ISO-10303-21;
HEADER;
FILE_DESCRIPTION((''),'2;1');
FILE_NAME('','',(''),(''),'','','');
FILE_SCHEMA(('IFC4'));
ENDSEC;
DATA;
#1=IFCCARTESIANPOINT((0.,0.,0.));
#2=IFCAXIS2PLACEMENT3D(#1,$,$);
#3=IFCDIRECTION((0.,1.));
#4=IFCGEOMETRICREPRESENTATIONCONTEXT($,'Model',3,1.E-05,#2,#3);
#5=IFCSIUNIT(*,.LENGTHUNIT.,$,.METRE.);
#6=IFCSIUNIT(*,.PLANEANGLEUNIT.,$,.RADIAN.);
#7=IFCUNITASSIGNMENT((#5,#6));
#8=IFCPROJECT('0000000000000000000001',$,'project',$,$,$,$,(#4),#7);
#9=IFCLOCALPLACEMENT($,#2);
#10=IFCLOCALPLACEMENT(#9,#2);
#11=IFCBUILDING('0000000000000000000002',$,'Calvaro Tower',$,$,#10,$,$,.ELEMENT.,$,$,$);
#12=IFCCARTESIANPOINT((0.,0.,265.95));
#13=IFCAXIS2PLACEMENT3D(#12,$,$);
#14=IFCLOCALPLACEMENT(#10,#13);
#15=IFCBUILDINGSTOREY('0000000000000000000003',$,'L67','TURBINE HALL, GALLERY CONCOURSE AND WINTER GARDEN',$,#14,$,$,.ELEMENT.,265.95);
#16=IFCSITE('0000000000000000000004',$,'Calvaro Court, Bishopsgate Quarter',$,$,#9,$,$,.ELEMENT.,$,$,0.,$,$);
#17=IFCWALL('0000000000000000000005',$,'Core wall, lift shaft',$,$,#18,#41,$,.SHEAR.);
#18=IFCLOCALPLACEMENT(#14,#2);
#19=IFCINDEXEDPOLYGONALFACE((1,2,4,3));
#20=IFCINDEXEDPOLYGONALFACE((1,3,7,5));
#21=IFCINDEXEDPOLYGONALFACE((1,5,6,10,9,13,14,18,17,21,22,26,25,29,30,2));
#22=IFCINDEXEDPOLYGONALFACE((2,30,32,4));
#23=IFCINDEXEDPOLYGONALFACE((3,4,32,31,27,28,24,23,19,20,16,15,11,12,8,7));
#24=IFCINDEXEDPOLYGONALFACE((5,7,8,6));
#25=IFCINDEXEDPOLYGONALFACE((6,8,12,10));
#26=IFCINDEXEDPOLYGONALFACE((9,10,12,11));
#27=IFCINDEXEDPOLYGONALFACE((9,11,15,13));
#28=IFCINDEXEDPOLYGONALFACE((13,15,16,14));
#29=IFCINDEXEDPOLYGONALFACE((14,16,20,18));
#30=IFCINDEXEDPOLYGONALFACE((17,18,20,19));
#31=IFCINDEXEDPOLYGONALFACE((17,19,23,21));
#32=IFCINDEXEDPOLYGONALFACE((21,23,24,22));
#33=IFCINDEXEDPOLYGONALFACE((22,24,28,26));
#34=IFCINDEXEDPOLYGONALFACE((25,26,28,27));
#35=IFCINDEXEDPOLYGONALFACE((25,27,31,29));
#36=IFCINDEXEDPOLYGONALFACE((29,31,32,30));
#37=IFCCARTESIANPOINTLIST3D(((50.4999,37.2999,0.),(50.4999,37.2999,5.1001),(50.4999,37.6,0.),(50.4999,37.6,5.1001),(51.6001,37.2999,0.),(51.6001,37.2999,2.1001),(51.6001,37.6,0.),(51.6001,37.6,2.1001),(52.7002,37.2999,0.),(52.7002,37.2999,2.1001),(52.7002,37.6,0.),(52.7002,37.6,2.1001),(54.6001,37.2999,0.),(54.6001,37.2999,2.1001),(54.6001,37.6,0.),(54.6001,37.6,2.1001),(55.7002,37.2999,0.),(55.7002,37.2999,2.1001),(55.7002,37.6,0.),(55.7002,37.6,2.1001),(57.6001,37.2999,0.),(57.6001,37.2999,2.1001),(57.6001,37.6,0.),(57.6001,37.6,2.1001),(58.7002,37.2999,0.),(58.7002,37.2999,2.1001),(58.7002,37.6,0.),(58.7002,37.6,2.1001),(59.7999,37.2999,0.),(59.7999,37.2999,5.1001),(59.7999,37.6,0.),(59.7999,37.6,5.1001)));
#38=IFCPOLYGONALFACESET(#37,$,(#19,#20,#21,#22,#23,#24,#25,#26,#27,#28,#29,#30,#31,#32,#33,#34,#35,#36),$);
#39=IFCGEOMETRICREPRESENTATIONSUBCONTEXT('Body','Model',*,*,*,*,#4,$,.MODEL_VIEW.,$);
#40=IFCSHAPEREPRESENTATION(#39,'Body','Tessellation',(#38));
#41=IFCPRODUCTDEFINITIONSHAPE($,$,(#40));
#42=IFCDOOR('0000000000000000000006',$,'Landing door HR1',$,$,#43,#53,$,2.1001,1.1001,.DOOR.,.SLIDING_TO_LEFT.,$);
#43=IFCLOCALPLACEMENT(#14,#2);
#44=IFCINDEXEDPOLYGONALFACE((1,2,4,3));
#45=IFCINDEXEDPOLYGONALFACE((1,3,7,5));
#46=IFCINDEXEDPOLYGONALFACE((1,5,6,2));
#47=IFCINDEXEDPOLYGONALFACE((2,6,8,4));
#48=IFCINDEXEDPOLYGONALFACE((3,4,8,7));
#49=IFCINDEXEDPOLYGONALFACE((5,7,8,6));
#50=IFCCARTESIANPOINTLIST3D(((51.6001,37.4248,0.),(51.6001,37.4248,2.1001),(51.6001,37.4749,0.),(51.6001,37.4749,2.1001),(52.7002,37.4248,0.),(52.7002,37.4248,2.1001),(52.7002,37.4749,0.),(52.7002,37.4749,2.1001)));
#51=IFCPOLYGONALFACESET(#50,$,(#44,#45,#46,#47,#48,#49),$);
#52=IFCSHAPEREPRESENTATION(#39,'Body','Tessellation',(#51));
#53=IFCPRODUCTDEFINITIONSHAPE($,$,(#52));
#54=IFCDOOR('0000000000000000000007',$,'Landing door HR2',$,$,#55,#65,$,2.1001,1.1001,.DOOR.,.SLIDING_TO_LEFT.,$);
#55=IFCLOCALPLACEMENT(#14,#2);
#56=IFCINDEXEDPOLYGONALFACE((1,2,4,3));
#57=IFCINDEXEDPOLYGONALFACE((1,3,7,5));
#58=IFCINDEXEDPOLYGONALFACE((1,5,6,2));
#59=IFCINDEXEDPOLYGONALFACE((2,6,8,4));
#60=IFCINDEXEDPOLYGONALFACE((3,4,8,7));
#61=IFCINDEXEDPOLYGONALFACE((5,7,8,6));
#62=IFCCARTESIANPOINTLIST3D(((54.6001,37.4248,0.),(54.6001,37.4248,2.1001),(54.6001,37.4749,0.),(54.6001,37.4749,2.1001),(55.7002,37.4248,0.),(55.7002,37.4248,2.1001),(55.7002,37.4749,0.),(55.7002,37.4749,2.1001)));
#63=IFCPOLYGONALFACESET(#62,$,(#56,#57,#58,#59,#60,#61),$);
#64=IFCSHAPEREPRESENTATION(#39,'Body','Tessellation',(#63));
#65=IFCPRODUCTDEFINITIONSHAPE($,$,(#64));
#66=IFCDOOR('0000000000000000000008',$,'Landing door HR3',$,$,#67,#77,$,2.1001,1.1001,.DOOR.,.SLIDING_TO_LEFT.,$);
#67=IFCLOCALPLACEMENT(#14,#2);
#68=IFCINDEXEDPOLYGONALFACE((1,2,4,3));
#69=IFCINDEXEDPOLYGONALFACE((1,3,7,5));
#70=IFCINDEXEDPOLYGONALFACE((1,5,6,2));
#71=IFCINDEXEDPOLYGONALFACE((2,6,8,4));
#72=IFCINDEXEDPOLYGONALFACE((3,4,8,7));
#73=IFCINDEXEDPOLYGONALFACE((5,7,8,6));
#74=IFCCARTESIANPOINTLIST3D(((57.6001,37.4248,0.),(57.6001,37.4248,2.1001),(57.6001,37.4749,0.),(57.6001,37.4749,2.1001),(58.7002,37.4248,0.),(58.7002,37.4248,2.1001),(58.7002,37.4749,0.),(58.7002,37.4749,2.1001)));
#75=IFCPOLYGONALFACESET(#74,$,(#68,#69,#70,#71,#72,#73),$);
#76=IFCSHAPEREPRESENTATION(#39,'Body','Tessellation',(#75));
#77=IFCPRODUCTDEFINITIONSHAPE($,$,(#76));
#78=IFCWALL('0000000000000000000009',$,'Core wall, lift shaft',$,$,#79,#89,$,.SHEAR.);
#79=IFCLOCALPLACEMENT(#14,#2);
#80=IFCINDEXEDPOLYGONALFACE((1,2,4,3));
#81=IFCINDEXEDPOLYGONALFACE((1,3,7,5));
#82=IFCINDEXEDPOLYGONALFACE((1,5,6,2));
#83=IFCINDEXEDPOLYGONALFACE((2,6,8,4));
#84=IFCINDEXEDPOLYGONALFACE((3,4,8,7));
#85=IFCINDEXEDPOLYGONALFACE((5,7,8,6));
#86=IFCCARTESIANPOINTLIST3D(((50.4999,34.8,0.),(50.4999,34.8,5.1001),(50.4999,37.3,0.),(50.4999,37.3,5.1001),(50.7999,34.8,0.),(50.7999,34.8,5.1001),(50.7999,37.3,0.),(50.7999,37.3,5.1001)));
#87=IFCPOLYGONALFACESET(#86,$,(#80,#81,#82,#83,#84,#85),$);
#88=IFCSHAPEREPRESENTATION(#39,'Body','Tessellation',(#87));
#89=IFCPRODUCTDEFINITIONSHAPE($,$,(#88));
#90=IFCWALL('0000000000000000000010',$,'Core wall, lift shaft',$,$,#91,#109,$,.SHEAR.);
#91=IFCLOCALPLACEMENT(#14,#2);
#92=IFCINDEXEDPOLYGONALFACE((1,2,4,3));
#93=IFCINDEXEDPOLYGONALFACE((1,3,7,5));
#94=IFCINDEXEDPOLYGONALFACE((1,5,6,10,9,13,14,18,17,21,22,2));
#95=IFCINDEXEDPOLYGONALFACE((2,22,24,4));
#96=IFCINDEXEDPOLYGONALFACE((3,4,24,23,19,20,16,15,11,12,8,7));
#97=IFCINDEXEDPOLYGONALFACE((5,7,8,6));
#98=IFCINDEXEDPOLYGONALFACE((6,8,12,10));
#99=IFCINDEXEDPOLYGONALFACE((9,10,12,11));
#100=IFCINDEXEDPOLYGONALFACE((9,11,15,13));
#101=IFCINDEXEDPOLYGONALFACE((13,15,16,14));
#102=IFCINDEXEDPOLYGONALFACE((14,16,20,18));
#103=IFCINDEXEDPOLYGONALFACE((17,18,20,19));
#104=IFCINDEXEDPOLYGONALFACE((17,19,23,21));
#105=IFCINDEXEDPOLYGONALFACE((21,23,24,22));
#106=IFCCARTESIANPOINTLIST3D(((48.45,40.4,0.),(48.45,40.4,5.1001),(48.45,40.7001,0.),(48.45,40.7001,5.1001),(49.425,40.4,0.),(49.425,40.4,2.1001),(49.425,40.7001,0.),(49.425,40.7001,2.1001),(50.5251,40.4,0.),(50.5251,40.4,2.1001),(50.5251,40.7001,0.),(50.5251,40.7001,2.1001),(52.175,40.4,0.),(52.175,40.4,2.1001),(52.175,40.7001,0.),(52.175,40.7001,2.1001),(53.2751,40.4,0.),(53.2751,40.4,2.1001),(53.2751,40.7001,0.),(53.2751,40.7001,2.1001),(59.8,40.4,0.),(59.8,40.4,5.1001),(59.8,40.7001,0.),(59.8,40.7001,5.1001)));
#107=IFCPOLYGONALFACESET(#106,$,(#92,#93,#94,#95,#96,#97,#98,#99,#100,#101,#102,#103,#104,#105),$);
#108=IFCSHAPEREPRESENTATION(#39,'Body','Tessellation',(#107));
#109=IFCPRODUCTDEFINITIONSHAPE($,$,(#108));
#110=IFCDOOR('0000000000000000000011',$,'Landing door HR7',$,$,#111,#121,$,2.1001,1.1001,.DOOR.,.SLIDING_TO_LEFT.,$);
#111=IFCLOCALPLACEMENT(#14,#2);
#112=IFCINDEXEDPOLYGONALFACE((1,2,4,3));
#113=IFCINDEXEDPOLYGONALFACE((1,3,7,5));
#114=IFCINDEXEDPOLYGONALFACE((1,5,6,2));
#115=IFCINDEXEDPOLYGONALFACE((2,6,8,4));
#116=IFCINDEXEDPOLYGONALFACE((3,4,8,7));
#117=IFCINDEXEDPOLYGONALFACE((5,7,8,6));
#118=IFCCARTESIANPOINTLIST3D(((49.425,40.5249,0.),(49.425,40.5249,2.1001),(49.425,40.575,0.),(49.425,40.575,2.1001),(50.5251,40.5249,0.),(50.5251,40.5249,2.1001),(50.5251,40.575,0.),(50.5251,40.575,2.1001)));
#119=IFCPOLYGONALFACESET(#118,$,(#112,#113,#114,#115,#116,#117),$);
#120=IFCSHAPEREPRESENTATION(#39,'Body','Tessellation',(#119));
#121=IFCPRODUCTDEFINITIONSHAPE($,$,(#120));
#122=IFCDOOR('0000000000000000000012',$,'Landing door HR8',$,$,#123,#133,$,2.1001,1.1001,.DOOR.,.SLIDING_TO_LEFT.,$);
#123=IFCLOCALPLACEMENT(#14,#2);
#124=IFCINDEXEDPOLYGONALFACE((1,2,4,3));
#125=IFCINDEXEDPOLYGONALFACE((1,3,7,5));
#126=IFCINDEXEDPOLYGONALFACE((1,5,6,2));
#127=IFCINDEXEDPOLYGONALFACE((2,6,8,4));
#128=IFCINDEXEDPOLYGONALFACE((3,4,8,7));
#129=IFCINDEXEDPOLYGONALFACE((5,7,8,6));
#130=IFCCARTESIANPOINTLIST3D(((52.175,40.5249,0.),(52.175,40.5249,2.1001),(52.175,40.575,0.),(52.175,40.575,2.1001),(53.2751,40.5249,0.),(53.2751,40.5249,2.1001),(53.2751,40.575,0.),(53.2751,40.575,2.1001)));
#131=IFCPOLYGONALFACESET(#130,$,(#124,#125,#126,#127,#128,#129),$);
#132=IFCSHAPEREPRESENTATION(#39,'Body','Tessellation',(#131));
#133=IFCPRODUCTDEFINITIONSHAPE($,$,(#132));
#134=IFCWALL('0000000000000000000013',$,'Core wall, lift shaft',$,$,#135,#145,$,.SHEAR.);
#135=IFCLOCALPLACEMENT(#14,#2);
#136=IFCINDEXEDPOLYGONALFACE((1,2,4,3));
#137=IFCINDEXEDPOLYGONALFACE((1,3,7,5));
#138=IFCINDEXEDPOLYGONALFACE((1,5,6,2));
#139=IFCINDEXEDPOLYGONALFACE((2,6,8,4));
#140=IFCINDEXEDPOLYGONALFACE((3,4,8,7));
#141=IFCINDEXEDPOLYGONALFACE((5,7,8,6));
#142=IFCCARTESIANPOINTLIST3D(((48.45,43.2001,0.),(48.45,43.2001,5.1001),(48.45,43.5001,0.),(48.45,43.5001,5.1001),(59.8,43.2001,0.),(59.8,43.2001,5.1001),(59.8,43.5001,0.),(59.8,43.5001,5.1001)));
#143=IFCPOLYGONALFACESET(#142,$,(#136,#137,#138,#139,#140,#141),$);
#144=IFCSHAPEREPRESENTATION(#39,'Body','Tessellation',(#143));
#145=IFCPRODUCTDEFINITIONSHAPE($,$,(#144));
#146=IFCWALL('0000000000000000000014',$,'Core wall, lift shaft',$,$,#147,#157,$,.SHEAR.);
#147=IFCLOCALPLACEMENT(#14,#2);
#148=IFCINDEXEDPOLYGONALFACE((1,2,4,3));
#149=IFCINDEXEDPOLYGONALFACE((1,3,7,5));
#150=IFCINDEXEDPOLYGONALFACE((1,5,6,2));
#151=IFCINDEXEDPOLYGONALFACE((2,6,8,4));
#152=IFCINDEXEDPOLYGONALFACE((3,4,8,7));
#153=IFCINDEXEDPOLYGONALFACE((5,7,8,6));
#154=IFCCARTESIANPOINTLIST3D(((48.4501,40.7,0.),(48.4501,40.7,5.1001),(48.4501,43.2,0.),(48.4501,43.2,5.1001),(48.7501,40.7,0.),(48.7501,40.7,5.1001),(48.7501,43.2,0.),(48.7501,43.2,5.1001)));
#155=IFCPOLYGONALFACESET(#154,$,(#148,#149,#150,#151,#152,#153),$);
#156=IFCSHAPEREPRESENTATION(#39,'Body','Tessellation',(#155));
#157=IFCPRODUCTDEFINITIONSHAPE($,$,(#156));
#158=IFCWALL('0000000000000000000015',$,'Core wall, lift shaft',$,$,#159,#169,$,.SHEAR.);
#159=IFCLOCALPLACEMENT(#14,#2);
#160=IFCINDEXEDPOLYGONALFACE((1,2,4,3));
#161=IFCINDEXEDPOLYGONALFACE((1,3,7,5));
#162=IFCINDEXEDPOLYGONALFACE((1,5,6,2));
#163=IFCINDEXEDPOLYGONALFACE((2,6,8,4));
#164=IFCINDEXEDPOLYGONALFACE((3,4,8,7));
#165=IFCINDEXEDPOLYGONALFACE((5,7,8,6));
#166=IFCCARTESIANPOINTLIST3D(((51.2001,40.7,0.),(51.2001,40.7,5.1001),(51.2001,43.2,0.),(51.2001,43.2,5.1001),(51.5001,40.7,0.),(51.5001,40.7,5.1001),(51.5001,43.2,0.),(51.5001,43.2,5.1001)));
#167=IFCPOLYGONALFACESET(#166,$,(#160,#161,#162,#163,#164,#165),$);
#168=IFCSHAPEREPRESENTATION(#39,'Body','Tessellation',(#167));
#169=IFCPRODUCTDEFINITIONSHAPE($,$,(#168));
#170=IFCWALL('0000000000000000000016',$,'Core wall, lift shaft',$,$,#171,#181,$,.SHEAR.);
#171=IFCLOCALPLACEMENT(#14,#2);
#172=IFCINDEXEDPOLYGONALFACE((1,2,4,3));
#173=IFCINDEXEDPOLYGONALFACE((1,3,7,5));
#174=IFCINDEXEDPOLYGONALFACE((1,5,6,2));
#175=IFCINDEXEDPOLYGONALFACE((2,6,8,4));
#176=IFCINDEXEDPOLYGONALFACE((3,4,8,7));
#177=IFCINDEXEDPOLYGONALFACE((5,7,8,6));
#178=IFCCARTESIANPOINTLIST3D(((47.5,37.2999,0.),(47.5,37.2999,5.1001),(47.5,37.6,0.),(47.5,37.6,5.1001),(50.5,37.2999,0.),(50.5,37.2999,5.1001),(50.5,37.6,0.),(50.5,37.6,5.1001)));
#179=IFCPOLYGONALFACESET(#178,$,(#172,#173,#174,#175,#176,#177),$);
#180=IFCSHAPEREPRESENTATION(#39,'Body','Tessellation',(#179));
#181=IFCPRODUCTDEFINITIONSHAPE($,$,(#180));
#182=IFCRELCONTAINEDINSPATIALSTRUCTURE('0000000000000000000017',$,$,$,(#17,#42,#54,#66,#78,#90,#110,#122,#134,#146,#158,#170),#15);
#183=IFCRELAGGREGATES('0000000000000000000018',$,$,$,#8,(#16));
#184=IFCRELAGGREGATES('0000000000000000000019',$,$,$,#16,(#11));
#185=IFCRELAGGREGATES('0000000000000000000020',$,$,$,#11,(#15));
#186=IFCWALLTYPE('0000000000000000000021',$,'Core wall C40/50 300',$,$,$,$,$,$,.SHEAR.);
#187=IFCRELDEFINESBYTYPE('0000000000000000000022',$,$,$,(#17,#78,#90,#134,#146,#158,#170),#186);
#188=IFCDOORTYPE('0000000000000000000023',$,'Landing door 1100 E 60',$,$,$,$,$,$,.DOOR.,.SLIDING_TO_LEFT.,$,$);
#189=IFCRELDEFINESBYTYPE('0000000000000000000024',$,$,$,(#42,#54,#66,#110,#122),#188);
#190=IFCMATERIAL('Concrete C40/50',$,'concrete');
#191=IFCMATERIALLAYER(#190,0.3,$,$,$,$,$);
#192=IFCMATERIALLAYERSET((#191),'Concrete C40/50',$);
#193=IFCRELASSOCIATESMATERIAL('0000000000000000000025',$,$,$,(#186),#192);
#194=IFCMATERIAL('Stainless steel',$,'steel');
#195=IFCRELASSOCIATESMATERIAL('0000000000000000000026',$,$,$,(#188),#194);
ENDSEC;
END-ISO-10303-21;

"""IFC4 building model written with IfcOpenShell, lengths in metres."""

from ifc_helpers import new_model, si_unit, direction, frame, frame_2d, origin, place, context, subcontext, project, spatial, rectangle, extrude, material, layer, layer_set, type_object, element, fill, save


model = new_model("IFC4")

# Units and contexts
model_context = context("Model", 3, precision=1e-05, world=origin(), true_north=direction((0.0, 1.0)))
body_context = subcontext(model_context, "Body", "Model", "MODEL_VIEW")
ifc_project = project(units=[si_unit("LENGTHUNIT", "METRE"), si_unit("PLANEANGLEUNIT", "RADIAN")], contexts=[model_context])

# Site, building, storey
site_placement = place(None, origin())
site = spatial("IfcSite", under=ifc_project, at=site_placement, Name="Calvaro Court, Bishopsgate Quarter", CompositionType="ELEMENT", RefElevation=0.0)
building_placement = place(site_placement, origin())
building = spatial("IfcBuilding", under=site, at=building_placement, Name="Calvaro Tower", CompositionType="ELEMENT")
storey_placement = place(building_placement, frame((0.0, 0.0, 265.95)))
storey = spatial("IfcBuildingStorey", under=building, at=storey_placement, Name="L67", Description="TURBINE HALL, GALLERY CONCOURSE AND WINTER GARDEN", CompositionType="ELEMENT", Elevation=265.95)

# Shared definitions
ifc_material_1 = material(Name="Concrete C40/50", Category="concrete")
ifc_layer_1 = layer(ifc_material_1, 0.3)
ifc_layer_set_1 = layer_set([ifc_layer_1], Name="Concrete C40/50")
wall_type_1 = type_object("IfcWallType", Name="Core wall C40/50 300", PredefinedType="SHEAR", material=ifc_layer_set_1)
ifc_material_2 = material(Name="Stainless steel", Category="steel")
door_type_1 = type_object("IfcDoorType", Name="Landing door 1100 E 60", OperationType="SLIDING_TO_LEFT", PredefinedType="DOOR", material=ifc_material_2)

# Wall, openings, doors
wall_1_placement = place(storey_placement, frame((50.5, 37.45, 0.0), z_axis=(0.0, 0.0, 1.0), x_axis=(1.0, 0.0, 0.0)))
wall_1 = element("IfcWall", 1, at=wall_1_placement, inside=storey, type_object=wall_type_1, Name="Core wall, lift shaft", PredefinedType="SHEAR", context=body_context, shape_type="SweptSolid", body=[
    extrude(rectangle(XDim=9.3, YDim=0.3, at=frame_2d((4.6499, 0.0))), origin(), (0.0, 0.0, 1.0), 5.1001),
])
opening_1_placement = place(wall_1_placement, frame((1.1001, 0.0, 0.0)))
opening_1 = element("IfcOpeningElement", 2, at=opening_1_placement, cuts=wall_1, PredefinedType="OPENING", context=body_context, shape_type="SweptSolid", body=[
    extrude(rectangle(XDim=1.1001, YDim=2.1001, at=frame_2d((0.55, 1.05))), frame((0.0, 0.1599, 0.0), z_axis=(0.0, -1.0, 0.0), x_axis=(1.0, 0.0, 0.0)), (0.0, 0.0, 1.0), 0.3201),
])
opening_2_placement = place(wall_1_placement, frame((4.1001, 0.0, 0.0)))
opening_2 = element("IfcOpeningElement", 3, at=opening_2_placement, cuts=wall_1, PredefinedType="OPENING", context=body_context, shape_type="SweptSolid", body=[
    extrude(rectangle(XDim=1.1001, YDim=2.1001, at=frame_2d((0.55, 1.05))), frame((0.0, 0.1599, 0.0), z_axis=(0.0, -1.0, 0.0), x_axis=(1.0, 0.0, 0.0)), (0.0, 0.0, 1.0), 0.3201),
])
opening_3_placement = place(wall_1_placement, frame((7.1001, 0.0, 0.0)))
opening_3 = element("IfcOpeningElement", 4, at=opening_3_placement, cuts=wall_1, PredefinedType="OPENING", context=body_context, shape_type="SweptSolid", body=[
    extrude(rectangle(XDim=1.1001, YDim=2.1001, at=frame_2d((0.55, 1.05))), frame((0.0, 0.1599, 0.0), z_axis=(0.0, -1.0, 0.0), x_axis=(1.0, 0.0, 0.0)), (0.0, 0.0, 1.0), 0.3201),
])
door_1_placement = place(opening_1_placement, origin())
door_1 = element("IfcDoor", 5, at=door_1_placement, inside=storey, type_object=door_type_1, Name="Landing door HR1", OperationType="SLIDING_TO_LEFT", OverallHeight=2.1001, OverallWidth=1.1001, PredefinedType="DOOR", context=body_context, shape_type="SweptSolid", body=[
    extrude(rectangle(XDim=1.1001, YDim=2.1001, at=frame_2d((0.55, 1.05))), frame((0.0, 0.0249, 0.0), z_axis=(0.0, -1.0, 0.0), x_axis=(1.0, 0.0, 0.0)), (0.0, 0.0, 1.0), 0.05),
])
fill(opening_1, door_1)
door_2_placement = place(opening_2_placement, origin())
door_2 = element("IfcDoor", 6, at=door_2_placement, inside=storey, type_object=door_type_1, Name="Landing door HR2", OperationType="SLIDING_TO_LEFT", OverallHeight=2.1001, OverallWidth=1.1001, PredefinedType="DOOR", context=body_context, shape_type="SweptSolid", body=[
    extrude(rectangle(XDim=1.1001, YDim=2.1001, at=frame_2d((0.55, 1.05))), frame((0.0, 0.0249, 0.0), z_axis=(0.0, -1.0, 0.0), x_axis=(1.0, 0.0, 0.0)), (0.0, 0.0, 1.0), 0.05),
])
fill(opening_2, door_2)
door_3_placement = place(opening_3_placement, origin())
door_3 = element("IfcDoor", 7, at=door_3_placement, inside=storey, type_object=door_type_1, Name="Landing door HR3", OperationType="SLIDING_TO_LEFT", OverallHeight=2.1001, OverallWidth=1.1001, PredefinedType="DOOR", context=body_context, shape_type="SweptSolid", body=[
    extrude(rectangle(XDim=1.1001, YDim=2.1001, at=frame_2d((0.55, 1.05))), frame((0.0, 0.0249, 0.0), z_axis=(0.0, -1.0, 0.0), x_axis=(1.0, 0.0, 0.0)), (0.0, 0.0, 1.0), 0.05),
])
fill(opening_3, door_3)

# Wall
wall_2_placement = place(storey_placement, frame((50.6499, 34.8, 0.0), z_axis=(0.0, 0.0, 1.0), x_axis=(0.0, 1.0, 0.0)))
element("IfcWall", 8, at=wall_2_placement, inside=storey, type_object=wall_type_1, Name="Core wall, lift shaft", PredefinedType="SHEAR", context=body_context, shape_type="SweptSolid", body=[
    extrude(rectangle(XDim=2.5, YDim=0.3, at=frame_2d((1.25, 0.0))), origin(), (0.0, 0.0, 1.0), 5.1001),
])

# Wall, openings, doors
wall_3_placement = place(storey_placement, frame((48.45, 40.55, 0.0), z_axis=(0.0, 0.0, 1.0), x_axis=(1.0, 0.0, 0.0)))
wall_3 = element("IfcWall", 9, at=wall_3_placement, inside=storey, type_object=wall_type_1, Name="Core wall, lift shaft", PredefinedType="SHEAR", context=body_context, shape_type="SweptSolid", body=[
    extrude(rectangle(XDim=11.3501, YDim=0.3, at=frame_2d((5.675, 0.0))), origin(), (0.0, 0.0, 1.0), 5.1001),
])
opening_4_placement = place(wall_3_placement, frame((0.9751, 0.0, 0.0)))
opening_4 = element("IfcOpeningElement", 10, at=opening_4_placement, cuts=wall_3, PredefinedType="OPENING", context=body_context, shape_type="SweptSolid", body=[
    extrude(rectangle(XDim=1.1001, YDim=2.1001, at=frame_2d((0.55, 1.05))), frame((0.0, 0.1599, 0.0), z_axis=(0.0, -1.0, 0.0), x_axis=(1.0, 0.0, 0.0)), (0.0, 0.0, 1.0), 0.3201),
])
opening_5_placement = place(wall_3_placement, frame((3.7251, 0.0, 0.0)))
opening_5 = element("IfcOpeningElement", 11, at=opening_5_placement, cuts=wall_3, PredefinedType="OPENING", context=body_context, shape_type="SweptSolid", body=[
    extrude(rectangle(XDim=1.1001, YDim=2.1001, at=frame_2d((0.55, 1.05))), frame((0.0, 0.1599, 0.0), z_axis=(0.0, -1.0, 0.0), x_axis=(1.0, 0.0, 0.0)), (0.0, 0.0, 1.0), 0.3201),
])
door_4_placement = place(opening_4_placement, origin())
door_4 = element("IfcDoor", 12, at=door_4_placement, inside=storey, type_object=door_type_1, Name="Landing door HR7", OperationType="SLIDING_TO_LEFT", OverallHeight=2.1001, OverallWidth=1.1001, PredefinedType="DOOR", context=body_context, shape_type="SweptSolid", body=[
    extrude(rectangle(XDim=1.1001, YDim=2.1001, at=frame_2d((0.55, 1.05))), frame((0.0, 0.0249, 0.0), z_axis=(0.0, -1.0, 0.0), x_axis=(1.0, 0.0, 0.0)), (0.0, 0.0, 1.0), 0.05),
])
fill(opening_4, door_4)
door_5_placement = place(opening_5_placement, origin())
door_5 = element("IfcDoor", 13, at=door_5_placement, inside=storey, type_object=door_type_1, Name="Landing door HR8", OperationType="SLIDING_TO_LEFT", OverallHeight=2.1001, OverallWidth=1.1001, PredefinedType="DOOR", context=body_context, shape_type="SweptSolid", body=[
    extrude(rectangle(XDim=1.1001, YDim=2.1001, at=frame_2d((0.55, 1.05))), frame((0.0, 0.0249, 0.0), z_axis=(0.0, -1.0, 0.0), x_axis=(1.0, 0.0, 0.0)), (0.0, 0.0, 1.0), 0.05),
])
fill(opening_5, door_5)

# Walls
wall_4_placement = place(storey_placement, frame((48.45, 43.3501, 0.0), z_axis=(0.0, 0.0, 1.0), x_axis=(1.0, 0.0, 0.0)))
element("IfcWall", 14, at=wall_4_placement, inside=storey, type_object=wall_type_1, Name="Core wall, lift shaft", PredefinedType="SHEAR", context=body_context, shape_type="SweptSolid", body=[
    extrude(rectangle(XDim=11.3501, YDim=0.3, at=frame_2d((5.675, 0.0))), origin(), (0.0, 0.0, 1.0), 5.1001),
])
for number, where, z_axis, x_axis, name in (
    (15, (48.6001, 40.7, 0.0), (0.0, 0.0, 1.0), (0.0, 1.0, 0.0), "Core wall, lift shaft"),
    (16, (51.3501, 40.7, 0.0), (0.0, 0.0, 1.0), (0.0, 1.0, 0.0), "Core wall, lift shaft"),
):
    element("IfcWall", number, at=place(storey_placement, frame(where, z_axis=z_axis, x_axis=x_axis)), inside=storey, type_object=wall_type_1, Name=name, PredefinedType="SHEAR", context=body_context, shape_type="SweptSolid", body=[
        extrude(rectangle(XDim=2.5, YDim=0.3, at=frame_2d((1.25, 0.0))), origin(), (0.0, 0.0, 1.0), 5.1001),
    ])
wall_5_placement = place(storey_placement, frame((47.5, 37.45, 0.0), z_axis=(0.0, 0.0, 1.0), x_axis=(1.0, 0.0, 0.0)))
element("IfcWall", 17, at=wall_5_placement, inside=storey, type_object=wall_type_1, Name="Core wall, lift shaft", PredefinedType="SHEAR", context=body_context, shape_type="SweptSolid", body=[
    extrude(rectangle(XDim=3.0, YDim=0.3, at=frame_2d((1.5, 0.0))), origin(), (0.0, 0.0, 1.0), 5.1001),
])

save(model, "model.ifc")
